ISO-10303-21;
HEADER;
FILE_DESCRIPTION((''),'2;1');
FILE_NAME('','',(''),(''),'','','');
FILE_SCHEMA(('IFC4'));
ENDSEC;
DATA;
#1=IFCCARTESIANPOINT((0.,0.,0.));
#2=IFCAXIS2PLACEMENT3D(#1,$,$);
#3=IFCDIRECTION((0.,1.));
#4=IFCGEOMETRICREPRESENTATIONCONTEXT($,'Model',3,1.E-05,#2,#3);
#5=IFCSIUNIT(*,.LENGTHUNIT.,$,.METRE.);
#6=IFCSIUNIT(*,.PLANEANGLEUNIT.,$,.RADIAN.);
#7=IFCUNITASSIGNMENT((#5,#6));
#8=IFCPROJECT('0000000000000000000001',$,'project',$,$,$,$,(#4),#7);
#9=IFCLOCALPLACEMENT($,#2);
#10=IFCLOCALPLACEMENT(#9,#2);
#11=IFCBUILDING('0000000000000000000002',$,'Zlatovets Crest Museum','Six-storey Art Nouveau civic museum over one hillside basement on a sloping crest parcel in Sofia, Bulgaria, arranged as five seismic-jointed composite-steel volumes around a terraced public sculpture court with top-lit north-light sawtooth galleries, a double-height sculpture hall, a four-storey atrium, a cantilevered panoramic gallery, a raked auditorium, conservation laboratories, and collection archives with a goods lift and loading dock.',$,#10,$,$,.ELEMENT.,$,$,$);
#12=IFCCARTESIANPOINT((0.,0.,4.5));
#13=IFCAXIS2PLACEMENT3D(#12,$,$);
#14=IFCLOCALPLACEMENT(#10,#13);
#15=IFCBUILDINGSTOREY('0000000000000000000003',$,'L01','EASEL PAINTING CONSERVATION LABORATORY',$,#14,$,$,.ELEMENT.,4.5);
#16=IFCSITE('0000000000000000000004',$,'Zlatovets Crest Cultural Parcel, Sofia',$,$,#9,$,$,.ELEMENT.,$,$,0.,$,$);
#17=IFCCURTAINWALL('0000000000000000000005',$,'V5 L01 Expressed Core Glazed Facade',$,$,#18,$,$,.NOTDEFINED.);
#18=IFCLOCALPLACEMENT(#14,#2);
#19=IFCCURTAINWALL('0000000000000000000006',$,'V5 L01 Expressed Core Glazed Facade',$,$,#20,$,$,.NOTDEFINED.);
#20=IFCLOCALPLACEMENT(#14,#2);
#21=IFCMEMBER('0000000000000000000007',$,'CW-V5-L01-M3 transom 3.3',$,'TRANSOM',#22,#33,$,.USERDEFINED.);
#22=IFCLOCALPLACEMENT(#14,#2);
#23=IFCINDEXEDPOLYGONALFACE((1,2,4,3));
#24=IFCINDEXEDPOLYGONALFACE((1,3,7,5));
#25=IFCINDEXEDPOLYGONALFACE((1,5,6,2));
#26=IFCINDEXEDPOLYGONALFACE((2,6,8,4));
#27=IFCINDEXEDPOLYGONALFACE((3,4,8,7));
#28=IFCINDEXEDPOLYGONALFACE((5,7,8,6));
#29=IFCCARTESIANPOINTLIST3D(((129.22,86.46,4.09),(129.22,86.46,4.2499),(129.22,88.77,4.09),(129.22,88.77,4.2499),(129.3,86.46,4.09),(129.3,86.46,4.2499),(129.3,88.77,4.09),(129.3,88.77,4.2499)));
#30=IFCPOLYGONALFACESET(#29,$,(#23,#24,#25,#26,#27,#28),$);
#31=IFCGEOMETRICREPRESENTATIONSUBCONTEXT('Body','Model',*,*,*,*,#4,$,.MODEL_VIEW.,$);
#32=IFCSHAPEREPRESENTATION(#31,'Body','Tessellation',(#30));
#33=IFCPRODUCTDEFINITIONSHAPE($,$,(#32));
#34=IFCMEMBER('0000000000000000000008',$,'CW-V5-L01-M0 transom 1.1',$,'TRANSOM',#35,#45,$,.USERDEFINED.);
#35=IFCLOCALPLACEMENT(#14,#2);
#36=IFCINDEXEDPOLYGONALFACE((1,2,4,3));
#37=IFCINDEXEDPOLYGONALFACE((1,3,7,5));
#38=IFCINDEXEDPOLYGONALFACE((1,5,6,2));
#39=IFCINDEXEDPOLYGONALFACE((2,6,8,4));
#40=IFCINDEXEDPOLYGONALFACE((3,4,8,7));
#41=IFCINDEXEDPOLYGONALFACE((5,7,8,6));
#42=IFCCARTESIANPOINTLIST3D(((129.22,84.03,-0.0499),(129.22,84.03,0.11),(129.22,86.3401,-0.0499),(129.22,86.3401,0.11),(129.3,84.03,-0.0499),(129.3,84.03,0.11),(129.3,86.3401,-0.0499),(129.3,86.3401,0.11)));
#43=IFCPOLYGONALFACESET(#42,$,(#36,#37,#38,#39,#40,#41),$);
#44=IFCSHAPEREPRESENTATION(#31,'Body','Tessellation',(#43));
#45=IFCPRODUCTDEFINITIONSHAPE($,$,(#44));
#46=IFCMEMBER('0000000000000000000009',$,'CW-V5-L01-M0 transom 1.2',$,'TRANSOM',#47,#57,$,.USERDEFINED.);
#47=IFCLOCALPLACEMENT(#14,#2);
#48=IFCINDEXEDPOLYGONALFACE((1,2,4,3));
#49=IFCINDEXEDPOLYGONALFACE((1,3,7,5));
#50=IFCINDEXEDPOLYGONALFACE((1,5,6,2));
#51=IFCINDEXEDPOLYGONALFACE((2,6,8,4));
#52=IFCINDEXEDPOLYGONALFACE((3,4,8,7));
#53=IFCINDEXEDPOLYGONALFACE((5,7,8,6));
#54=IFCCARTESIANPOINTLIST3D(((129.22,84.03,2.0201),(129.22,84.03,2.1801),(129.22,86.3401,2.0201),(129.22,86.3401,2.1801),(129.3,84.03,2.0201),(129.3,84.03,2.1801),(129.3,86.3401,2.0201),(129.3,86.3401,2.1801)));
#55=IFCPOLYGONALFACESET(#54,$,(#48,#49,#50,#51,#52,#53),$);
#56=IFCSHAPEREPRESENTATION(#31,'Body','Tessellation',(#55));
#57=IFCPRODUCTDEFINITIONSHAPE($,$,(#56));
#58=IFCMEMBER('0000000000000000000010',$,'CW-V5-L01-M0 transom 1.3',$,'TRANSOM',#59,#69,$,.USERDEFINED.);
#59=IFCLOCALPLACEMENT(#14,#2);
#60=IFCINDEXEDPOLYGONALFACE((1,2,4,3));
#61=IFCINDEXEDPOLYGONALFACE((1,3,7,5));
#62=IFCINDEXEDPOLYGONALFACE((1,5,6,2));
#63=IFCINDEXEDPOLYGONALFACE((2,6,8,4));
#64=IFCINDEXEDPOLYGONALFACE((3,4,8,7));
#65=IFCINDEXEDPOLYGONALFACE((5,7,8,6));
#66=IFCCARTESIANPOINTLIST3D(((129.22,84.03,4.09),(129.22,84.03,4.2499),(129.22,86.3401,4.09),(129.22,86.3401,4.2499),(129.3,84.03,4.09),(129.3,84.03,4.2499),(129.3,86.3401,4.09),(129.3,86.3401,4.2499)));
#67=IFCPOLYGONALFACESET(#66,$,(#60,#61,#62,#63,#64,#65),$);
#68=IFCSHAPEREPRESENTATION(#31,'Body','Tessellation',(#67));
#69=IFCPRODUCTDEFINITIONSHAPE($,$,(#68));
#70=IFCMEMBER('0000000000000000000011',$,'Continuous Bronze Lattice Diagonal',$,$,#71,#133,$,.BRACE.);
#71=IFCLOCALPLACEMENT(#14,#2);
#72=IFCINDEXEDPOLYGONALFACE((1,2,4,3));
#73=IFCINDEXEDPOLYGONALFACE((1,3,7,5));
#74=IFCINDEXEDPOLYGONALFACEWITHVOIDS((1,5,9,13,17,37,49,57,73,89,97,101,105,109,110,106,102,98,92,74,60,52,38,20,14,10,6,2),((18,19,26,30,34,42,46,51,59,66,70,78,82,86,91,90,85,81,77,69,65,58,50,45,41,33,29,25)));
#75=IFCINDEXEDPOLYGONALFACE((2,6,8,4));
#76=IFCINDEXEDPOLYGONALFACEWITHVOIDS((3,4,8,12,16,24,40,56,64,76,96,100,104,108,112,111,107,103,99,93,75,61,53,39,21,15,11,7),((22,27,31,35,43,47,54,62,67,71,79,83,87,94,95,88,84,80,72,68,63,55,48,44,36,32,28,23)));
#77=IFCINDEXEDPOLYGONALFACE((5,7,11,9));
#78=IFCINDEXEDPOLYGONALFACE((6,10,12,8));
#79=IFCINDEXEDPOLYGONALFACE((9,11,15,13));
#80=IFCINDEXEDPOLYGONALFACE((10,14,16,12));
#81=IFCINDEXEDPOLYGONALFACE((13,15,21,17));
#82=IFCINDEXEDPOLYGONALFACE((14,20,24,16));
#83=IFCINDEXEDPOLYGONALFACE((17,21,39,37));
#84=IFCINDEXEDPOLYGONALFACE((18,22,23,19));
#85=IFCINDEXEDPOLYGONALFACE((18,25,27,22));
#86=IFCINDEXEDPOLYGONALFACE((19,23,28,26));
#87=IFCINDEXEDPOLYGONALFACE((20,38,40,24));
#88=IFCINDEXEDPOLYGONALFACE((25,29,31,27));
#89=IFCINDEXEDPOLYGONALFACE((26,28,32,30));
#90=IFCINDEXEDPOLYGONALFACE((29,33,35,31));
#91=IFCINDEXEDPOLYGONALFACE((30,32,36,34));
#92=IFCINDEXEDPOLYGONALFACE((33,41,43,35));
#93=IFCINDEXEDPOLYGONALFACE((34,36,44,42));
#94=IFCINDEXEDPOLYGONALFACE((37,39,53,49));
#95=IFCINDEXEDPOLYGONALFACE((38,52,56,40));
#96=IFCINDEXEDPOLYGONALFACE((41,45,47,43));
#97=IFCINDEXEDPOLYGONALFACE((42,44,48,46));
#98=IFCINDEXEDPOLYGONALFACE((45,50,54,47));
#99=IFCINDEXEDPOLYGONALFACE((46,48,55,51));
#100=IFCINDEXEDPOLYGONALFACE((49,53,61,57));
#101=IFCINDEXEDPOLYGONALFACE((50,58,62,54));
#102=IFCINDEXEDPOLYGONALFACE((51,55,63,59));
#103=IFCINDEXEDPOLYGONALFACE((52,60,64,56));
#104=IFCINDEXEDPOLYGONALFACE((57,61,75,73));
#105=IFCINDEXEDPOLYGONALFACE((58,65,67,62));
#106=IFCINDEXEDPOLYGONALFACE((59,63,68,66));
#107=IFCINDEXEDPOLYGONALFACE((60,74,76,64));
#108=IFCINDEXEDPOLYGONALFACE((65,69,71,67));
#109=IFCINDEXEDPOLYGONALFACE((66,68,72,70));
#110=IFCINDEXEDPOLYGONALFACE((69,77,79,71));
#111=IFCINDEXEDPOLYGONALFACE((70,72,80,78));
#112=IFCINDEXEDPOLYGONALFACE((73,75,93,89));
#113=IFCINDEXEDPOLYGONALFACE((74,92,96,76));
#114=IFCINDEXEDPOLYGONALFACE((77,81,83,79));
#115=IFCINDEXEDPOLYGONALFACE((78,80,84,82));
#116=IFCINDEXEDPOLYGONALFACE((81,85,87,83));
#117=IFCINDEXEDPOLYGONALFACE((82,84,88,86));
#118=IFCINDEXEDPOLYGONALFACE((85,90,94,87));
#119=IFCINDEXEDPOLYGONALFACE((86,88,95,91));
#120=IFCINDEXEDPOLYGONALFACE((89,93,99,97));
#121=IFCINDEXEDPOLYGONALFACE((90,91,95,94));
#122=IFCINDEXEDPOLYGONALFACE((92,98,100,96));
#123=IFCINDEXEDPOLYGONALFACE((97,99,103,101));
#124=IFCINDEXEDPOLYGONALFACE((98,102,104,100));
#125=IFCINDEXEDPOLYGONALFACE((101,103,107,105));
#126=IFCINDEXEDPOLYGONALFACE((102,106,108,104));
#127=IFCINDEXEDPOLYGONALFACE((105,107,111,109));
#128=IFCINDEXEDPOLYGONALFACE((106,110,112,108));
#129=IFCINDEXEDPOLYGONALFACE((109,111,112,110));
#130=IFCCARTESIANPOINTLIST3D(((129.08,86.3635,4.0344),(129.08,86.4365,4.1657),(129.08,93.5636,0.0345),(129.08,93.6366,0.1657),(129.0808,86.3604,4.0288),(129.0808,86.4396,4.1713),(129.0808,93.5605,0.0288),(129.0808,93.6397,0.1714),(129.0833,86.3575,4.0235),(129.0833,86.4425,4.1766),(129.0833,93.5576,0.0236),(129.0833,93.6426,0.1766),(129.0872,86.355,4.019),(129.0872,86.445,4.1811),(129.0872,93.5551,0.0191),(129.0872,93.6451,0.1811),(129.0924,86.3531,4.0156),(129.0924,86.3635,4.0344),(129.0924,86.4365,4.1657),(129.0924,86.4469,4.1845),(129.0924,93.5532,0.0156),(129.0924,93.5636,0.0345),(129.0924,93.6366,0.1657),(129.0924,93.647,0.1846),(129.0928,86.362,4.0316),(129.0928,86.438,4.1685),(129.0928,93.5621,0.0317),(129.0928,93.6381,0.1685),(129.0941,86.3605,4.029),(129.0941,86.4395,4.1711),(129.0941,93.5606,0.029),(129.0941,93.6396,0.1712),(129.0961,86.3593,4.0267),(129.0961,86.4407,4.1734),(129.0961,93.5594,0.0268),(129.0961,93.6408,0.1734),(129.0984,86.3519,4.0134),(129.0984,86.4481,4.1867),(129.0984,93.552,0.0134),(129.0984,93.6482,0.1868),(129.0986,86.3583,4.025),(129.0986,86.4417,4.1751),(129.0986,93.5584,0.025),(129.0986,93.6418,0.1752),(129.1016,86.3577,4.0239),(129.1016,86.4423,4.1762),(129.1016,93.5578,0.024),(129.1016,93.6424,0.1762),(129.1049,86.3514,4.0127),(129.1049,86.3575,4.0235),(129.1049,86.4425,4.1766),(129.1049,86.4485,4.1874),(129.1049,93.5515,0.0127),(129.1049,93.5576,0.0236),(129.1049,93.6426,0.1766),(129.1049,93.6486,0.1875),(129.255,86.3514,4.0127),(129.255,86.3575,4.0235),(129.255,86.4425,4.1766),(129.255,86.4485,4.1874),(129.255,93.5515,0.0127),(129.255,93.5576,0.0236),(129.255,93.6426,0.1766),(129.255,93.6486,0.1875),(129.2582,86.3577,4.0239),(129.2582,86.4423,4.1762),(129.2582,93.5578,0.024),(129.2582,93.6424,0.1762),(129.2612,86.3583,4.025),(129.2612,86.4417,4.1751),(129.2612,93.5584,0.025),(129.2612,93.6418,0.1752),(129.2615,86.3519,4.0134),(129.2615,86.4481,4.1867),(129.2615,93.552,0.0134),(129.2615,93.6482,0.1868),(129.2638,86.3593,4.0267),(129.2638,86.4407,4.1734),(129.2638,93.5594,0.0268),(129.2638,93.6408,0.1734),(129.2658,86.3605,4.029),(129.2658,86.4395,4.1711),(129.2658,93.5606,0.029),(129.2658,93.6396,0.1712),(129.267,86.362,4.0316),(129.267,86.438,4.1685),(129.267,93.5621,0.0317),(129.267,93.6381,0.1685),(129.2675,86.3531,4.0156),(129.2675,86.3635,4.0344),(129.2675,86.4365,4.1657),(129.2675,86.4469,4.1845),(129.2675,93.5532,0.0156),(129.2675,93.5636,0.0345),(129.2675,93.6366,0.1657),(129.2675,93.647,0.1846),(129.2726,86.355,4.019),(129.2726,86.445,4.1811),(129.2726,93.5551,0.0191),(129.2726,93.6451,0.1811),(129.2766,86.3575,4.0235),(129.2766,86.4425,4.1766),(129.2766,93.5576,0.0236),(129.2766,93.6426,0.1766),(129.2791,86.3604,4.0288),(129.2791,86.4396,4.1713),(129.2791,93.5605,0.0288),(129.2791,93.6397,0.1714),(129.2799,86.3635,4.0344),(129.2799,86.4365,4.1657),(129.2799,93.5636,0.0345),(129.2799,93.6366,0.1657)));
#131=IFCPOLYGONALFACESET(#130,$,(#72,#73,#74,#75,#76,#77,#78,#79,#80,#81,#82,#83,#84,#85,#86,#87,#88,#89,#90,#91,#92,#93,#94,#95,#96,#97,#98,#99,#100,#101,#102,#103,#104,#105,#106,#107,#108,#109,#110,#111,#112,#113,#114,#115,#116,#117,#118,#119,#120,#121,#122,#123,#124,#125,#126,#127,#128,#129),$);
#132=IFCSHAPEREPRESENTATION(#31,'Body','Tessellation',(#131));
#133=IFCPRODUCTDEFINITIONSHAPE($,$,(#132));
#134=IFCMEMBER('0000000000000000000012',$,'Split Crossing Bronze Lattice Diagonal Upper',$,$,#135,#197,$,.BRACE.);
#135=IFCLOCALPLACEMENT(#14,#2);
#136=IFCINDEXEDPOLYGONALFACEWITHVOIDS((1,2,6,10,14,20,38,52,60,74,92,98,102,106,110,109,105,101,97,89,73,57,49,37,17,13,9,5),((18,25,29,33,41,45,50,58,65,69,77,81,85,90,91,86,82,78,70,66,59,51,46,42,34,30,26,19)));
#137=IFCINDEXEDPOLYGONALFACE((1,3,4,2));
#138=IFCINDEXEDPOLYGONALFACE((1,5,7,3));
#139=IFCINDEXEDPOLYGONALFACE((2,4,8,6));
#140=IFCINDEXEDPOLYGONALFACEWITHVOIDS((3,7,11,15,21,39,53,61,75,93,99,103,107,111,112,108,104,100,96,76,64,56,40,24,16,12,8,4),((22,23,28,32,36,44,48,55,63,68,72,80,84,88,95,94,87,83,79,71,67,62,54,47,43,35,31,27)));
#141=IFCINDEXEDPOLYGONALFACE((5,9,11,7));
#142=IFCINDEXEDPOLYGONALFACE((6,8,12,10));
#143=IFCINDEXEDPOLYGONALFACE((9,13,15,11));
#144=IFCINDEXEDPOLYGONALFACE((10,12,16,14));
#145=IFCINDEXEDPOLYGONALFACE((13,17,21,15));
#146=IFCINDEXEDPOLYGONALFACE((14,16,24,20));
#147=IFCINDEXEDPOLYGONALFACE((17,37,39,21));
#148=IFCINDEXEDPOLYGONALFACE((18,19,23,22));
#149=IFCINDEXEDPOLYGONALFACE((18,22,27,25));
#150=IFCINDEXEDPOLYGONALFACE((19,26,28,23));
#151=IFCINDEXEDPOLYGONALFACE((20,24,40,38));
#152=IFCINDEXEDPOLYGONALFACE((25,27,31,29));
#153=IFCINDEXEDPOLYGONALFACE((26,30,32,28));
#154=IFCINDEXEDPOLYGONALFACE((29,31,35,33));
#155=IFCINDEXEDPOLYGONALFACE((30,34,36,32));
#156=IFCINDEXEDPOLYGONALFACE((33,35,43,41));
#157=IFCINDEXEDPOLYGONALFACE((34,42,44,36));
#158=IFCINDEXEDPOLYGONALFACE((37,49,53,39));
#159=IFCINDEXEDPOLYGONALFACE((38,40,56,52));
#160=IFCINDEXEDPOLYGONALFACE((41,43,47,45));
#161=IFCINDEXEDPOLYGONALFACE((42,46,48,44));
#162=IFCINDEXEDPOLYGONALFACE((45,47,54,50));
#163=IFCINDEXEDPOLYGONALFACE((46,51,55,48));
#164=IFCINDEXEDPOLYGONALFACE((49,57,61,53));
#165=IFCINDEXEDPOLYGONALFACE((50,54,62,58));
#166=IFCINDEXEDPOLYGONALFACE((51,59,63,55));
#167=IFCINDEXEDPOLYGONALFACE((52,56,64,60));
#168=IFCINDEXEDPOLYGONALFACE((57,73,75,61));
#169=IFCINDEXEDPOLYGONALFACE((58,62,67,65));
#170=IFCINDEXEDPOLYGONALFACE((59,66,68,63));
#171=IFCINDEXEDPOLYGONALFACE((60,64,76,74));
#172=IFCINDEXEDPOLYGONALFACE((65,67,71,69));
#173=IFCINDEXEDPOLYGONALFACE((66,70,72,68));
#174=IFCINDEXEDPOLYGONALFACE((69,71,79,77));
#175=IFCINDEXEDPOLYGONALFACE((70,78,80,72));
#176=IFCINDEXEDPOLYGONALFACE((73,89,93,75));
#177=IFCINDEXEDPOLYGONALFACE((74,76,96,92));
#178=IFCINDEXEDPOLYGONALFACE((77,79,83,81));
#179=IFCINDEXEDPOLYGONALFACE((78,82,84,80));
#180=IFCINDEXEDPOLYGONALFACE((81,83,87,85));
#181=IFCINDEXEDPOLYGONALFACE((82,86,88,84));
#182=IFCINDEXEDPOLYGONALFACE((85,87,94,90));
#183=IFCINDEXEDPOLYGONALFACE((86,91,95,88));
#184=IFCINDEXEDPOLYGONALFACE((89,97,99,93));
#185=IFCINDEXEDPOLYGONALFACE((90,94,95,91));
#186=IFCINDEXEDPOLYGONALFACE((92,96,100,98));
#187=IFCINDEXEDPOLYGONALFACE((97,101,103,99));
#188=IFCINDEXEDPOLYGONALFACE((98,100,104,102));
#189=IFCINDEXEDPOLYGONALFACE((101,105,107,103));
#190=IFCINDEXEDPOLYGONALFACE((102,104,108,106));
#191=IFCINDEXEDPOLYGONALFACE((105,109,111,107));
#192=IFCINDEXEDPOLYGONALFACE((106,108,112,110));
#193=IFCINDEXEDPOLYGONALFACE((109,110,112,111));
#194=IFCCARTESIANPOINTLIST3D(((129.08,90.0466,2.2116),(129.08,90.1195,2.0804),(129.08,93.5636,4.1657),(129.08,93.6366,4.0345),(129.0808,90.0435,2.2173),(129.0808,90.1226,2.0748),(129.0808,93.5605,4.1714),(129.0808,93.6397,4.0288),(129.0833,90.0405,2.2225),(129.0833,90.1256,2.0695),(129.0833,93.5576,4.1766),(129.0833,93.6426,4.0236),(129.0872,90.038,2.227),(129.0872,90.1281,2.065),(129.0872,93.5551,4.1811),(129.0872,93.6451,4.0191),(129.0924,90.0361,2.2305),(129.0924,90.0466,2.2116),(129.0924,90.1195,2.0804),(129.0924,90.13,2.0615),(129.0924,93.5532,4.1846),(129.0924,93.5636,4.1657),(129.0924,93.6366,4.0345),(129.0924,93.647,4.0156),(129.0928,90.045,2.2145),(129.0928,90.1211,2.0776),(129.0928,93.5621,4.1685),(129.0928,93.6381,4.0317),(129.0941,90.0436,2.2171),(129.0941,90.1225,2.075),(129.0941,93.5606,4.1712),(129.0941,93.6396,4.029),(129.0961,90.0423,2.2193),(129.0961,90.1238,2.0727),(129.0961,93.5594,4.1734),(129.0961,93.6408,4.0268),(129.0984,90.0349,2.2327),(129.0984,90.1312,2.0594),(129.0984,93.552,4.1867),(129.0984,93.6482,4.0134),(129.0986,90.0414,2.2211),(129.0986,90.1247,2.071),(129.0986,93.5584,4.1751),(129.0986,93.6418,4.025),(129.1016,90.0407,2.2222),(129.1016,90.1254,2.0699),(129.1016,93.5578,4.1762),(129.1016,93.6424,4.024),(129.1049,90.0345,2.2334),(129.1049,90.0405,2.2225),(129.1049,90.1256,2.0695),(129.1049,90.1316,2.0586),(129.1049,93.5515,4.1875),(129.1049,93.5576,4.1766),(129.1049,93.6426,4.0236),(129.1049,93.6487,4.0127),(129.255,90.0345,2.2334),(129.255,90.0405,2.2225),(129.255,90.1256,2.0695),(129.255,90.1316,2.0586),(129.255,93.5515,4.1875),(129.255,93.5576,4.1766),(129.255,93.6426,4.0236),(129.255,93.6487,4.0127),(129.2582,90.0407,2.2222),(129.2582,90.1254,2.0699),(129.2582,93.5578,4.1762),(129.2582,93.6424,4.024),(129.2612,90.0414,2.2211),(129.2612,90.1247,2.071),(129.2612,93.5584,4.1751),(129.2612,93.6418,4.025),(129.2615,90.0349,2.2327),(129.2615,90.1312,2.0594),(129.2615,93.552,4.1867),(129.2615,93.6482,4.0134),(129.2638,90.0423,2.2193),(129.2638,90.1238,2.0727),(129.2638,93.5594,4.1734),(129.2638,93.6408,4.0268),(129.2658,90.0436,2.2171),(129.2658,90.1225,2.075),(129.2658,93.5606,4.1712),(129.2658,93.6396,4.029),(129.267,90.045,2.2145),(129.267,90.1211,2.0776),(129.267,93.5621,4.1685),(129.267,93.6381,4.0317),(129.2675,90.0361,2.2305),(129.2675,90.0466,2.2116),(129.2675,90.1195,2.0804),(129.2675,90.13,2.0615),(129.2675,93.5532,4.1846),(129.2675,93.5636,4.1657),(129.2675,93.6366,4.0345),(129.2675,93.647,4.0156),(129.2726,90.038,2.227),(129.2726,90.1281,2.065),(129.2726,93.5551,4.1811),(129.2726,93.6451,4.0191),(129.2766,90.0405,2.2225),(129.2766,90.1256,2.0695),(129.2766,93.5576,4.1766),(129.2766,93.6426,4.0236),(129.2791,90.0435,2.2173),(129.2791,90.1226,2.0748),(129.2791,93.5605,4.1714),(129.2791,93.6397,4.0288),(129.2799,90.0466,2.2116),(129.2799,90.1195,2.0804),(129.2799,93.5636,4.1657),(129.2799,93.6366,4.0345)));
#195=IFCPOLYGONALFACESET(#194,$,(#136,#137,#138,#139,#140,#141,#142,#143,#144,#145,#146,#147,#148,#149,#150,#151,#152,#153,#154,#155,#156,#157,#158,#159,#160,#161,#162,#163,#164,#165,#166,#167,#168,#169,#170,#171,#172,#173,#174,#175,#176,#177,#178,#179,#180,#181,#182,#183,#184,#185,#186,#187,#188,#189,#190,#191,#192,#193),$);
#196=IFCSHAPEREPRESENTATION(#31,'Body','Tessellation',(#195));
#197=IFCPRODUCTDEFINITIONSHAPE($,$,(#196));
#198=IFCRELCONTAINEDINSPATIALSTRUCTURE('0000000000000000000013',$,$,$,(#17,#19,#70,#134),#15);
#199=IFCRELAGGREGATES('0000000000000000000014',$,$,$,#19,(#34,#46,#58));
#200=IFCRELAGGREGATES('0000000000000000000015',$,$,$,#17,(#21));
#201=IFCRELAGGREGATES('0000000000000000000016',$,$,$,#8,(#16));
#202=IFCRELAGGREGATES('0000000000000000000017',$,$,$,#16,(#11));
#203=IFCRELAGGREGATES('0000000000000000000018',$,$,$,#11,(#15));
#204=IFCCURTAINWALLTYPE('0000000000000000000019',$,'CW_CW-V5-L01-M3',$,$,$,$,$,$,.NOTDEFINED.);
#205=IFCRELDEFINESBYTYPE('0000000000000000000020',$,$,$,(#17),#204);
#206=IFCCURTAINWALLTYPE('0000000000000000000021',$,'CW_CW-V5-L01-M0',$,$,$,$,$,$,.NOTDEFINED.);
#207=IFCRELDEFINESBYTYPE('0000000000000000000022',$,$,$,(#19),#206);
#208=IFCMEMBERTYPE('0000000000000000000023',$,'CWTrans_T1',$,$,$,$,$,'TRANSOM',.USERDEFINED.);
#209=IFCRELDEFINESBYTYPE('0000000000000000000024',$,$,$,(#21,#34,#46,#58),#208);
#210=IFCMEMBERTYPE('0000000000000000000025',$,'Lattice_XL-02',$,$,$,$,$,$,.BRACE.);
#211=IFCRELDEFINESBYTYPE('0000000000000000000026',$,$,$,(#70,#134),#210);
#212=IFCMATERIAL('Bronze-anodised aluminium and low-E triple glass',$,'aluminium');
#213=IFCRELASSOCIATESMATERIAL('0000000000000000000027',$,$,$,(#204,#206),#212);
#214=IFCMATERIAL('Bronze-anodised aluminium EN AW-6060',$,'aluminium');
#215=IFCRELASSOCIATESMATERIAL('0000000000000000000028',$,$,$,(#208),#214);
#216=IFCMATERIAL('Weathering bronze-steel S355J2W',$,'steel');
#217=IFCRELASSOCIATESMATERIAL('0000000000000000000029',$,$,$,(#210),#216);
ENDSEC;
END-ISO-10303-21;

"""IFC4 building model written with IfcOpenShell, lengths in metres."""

from ifc_helpers import new_model, si_unit, direction, frame, origin, origin_2d, place, context, subcontext, project, spatial, rectangle, hollow_rectangle, extrude, material, material_profile, profile_set, type_object, element, aggregate, save


model = new_model("IFC4")

# Units and contexts
model_context = context("Model", 3, precision=1e-05, world=origin(), true_north=direction((0.0, 1.0)))
body_context = subcontext(model_context, "Body", "Model", "MODEL_VIEW")
ifc_project = project(units=[si_unit("LENGTHUNIT", "METRE"), si_unit("PLANEANGLEUNIT", "RADIAN")], contexts=[model_context])

# Site, building, storey
site_placement = place(None, origin())
site = spatial("IfcSite", under=ifc_project, at=site_placement, Name="Zlatovets Crest Cultural Parcel, Sofia", CompositionType="ELEMENT", RefElevation=0.0)
building_placement = place(site_placement, origin())
building = spatial("IfcBuilding", under=site, at=building_placement, Name="Zlatovets Crest Museum", Description="Six-storey Art Nouveau civic museum over one hillside basement on a sloping crest parcel in Sofia, Bulgaria, arranged as five seismic-jointed composite-steel volumes around a terraced public sculpture court with top-lit north-light sawtooth galleries, a double-height sculpture hall, a four-storey atrium, a cantilevered panoramic gallery, a raked auditorium, conservation laboratories, and collection archives with a goods lift and loading dock.", CompositionType="ELEMENT")
storey_placement = place(building_placement, frame((0.0, 0.0, 4.5)))
storey = spatial("IfcBuildingStorey", under=building, at=storey_placement, Name="L01", Description="EASEL PAINTING CONSERVATION LABORATORY", CompositionType="ELEMENT", Elevation=4.5)

# Shared definitions
ifc_material_1 = material(Name="Bronze-anodised aluminium and low-E triple glass", Category="aluminium")
ifc_material_2 = material(Name="Bronze-anodised aluminium EN AW-6060", Category="aluminium")

# Curtain walls
curtain_wall_type_1 = type_object("IfcCurtainWallType", Name="CW_CW-V5-L01-M3", PredefinedType="NOTDEFINED", material=ifc_material_1)
curtain_wall_1_placement = place(storey_placement, origin())
curtain_wall_1 = element("IfcCurtainWall", 1, at=curtain_wall_1_placement, inside=storey, type_object=curtain_wall_type_1, Name="V5 L01 Expressed Core Glazed Facade", PredefinedType="NOTDEFINED")
curtain_wall_type_2 = type_object("IfcCurtainWallType", Name="CW_CW-V5-L01-M0", PredefinedType="NOTDEFINED", material=ifc_material_1)
curtain_wall_2_placement = place(storey_placement, origin())
curtain_wall_2 = element("IfcCurtainWall", 2, at=curtain_wall_2_placement, inside=storey, type_object=curtain_wall_type_2, Name="V5 L01 Expressed Core Glazed Facade", PredefinedType="NOTDEFINED")

# Members
ifc_material_profile_1 = material_profile(ifc_material_2, rectangle(XDim=0.0801, YDim=0.1599, at=origin_2d()), Name="ALU 80x160")
ifc_profile_set_1 = profile_set([ifc_material_profile_1], Name="Bronze-anodised aluminium EN AW-6060")
member_type_1 = type_object("IfcMemberType", Name="CWTrans_T1", ElementType="TRANSOM", PredefinedType="USERDEFINED", material=ifc_profile_set_1)
member_1_placement = place(storey_placement, frame((129.26, 88.77, 4.1699), z_axis=(0.0, -1.0, 0.0), x_axis=(1.0, 0.0, 0.0)))
member_1 = element("IfcMember", 3, at=member_1_placement, type_object=member_type_1, Name="CW-V5-L01-M3 transom 3.3", ObjectType="TRANSOM", PredefinedType="USERDEFINED", context=body_context, shape_type="SweptSolid", body=[
    extrude(rectangle(XDim=0.0801, YDim=0.1599, at=origin_2d()), origin(), (0.0, 0.0, 1.0), 2.3101),
])
member_2_placement = place(storey_placement, frame((129.26, 86.3401, 0.03), z_axis=(0.0, -1.0, 0.0), x_axis=(1.0, 0.0, 0.0)))
member_2 = element("IfcMember", 4, at=member_2_placement, type_object=member_type_1, Name="CW-V5-L01-M0 transom 1.1", ObjectType="TRANSOM", PredefinedType="USERDEFINED", context=body_context, shape_type="SweptSolid", body=[
    extrude(rectangle(XDim=0.0801, YDim=0.1599, at=origin_2d()), origin(), (0.0, 0.0, 1.0), 2.3101),
])
member_3_placement = place(storey_placement, frame((129.26, 86.3401, 2.1001), z_axis=(0.0, -1.0, 0.0), x_axis=(1.0, 0.0, 0.0)))
member_3 = element("IfcMember", 5, at=member_3_placement, type_object=member_type_1, Name="CW-V5-L01-M0 transom 1.2", ObjectType="TRANSOM", PredefinedType="USERDEFINED", context=body_context, shape_type="SweptSolid", body=[
    extrude(rectangle(XDim=0.0801, YDim=0.1599, at=origin_2d()), origin(), (0.0, 0.0, 1.0), 2.3101),
])
member_4_placement = place(storey_placement, frame((129.26, 86.3401, 4.1699), z_axis=(0.0, -1.0, 0.0), x_axis=(1.0, 0.0, 0.0)))
member_4 = element("IfcMember", 6, at=member_4_placement, type_object=member_type_1, Name="CW-V5-L01-M0 transom 1.3", ObjectType="TRANSOM", PredefinedType="USERDEFINED", context=body_context, shape_type="SweptSolid", body=[
    extrude(rectangle(XDim=0.0801, YDim=0.1599, at=origin_2d()), origin(), (0.0, 0.0, 1.0), 2.3101),
])

# Members
ifc_material_3 = material(Name="Weathering bronze-steel S355J2W", Category="steel")
ifc_material_profile_2 = material_profile(ifc_material_3, hollow_rectangle(XDim=0.2, YDim=0.2, WallThickness=0.0125, InnerFilletRadius=0.0125, OuterFilletRadius=0.0249, at=origin_2d()), Name="SHS 200x200x12.5")
ifc_profile_set_2 = profile_set([ifc_material_profile_2], Name="Weathering bronze-steel S355J2W")
member_type_2 = type_object("IfcMemberType", Name="Lattice_XL-02", PredefinedType="BRACE", material=ifc_profile_set_2)
member_5_placement = place(storey_placement, frame((129.1799, 93.6001, 0.1001), z_axis=(0.0, -0.874163, 0.485633), x_axis=(1.0, 0.0, 0.0)))
element("IfcMember", 7, at=member_5_placement, inside=storey, type_object=member_type_2, Name="Continuous Bronze Lattice Diagonal", PredefinedType="BRACE", context=body_context, shape_type="SweptSolid", body=[
    extrude(hollow_rectangle(XDim=0.2, YDim=0.2, WallThickness=0.0125, InnerFilletRadius=0.0125, OuterFilletRadius=0.0249, at=origin_2d()), origin(), (0.0, 0.0, 1.0), 8.2366),
])
for number, where, z_axis, x_axis, name in (
    (8, (129.1799, 93.6001, 4.1001), (0.0, -0.87414, -0.485674), (1.0, 0.0, 0.0), "Split Crossing Bronze Lattice Diagonal Upper"),
):
    element("IfcMember", number, at=place(storey_placement, frame(where, z_axis=z_axis, x_axis=x_axis)), inside=storey, type_object=member_type_2, Name=name, PredefinedType="BRACE", context=body_context, shape_type="SweptSolid", body=[
        extrude(hollow_rectangle(XDim=0.2, YDim=0.2, WallThickness=0.0125, InnerFilletRadius=0.0125, OuterFilletRadius=0.0249, at=origin_2d()), origin(), (0.0, 0.0, 1.0), 4.0234),
    ])

aggregate(curtain_wall_2, [member_2, member_3, member_4])
aggregate(curtain_wall_1, [member_1])

save(model, "model.ifc")
